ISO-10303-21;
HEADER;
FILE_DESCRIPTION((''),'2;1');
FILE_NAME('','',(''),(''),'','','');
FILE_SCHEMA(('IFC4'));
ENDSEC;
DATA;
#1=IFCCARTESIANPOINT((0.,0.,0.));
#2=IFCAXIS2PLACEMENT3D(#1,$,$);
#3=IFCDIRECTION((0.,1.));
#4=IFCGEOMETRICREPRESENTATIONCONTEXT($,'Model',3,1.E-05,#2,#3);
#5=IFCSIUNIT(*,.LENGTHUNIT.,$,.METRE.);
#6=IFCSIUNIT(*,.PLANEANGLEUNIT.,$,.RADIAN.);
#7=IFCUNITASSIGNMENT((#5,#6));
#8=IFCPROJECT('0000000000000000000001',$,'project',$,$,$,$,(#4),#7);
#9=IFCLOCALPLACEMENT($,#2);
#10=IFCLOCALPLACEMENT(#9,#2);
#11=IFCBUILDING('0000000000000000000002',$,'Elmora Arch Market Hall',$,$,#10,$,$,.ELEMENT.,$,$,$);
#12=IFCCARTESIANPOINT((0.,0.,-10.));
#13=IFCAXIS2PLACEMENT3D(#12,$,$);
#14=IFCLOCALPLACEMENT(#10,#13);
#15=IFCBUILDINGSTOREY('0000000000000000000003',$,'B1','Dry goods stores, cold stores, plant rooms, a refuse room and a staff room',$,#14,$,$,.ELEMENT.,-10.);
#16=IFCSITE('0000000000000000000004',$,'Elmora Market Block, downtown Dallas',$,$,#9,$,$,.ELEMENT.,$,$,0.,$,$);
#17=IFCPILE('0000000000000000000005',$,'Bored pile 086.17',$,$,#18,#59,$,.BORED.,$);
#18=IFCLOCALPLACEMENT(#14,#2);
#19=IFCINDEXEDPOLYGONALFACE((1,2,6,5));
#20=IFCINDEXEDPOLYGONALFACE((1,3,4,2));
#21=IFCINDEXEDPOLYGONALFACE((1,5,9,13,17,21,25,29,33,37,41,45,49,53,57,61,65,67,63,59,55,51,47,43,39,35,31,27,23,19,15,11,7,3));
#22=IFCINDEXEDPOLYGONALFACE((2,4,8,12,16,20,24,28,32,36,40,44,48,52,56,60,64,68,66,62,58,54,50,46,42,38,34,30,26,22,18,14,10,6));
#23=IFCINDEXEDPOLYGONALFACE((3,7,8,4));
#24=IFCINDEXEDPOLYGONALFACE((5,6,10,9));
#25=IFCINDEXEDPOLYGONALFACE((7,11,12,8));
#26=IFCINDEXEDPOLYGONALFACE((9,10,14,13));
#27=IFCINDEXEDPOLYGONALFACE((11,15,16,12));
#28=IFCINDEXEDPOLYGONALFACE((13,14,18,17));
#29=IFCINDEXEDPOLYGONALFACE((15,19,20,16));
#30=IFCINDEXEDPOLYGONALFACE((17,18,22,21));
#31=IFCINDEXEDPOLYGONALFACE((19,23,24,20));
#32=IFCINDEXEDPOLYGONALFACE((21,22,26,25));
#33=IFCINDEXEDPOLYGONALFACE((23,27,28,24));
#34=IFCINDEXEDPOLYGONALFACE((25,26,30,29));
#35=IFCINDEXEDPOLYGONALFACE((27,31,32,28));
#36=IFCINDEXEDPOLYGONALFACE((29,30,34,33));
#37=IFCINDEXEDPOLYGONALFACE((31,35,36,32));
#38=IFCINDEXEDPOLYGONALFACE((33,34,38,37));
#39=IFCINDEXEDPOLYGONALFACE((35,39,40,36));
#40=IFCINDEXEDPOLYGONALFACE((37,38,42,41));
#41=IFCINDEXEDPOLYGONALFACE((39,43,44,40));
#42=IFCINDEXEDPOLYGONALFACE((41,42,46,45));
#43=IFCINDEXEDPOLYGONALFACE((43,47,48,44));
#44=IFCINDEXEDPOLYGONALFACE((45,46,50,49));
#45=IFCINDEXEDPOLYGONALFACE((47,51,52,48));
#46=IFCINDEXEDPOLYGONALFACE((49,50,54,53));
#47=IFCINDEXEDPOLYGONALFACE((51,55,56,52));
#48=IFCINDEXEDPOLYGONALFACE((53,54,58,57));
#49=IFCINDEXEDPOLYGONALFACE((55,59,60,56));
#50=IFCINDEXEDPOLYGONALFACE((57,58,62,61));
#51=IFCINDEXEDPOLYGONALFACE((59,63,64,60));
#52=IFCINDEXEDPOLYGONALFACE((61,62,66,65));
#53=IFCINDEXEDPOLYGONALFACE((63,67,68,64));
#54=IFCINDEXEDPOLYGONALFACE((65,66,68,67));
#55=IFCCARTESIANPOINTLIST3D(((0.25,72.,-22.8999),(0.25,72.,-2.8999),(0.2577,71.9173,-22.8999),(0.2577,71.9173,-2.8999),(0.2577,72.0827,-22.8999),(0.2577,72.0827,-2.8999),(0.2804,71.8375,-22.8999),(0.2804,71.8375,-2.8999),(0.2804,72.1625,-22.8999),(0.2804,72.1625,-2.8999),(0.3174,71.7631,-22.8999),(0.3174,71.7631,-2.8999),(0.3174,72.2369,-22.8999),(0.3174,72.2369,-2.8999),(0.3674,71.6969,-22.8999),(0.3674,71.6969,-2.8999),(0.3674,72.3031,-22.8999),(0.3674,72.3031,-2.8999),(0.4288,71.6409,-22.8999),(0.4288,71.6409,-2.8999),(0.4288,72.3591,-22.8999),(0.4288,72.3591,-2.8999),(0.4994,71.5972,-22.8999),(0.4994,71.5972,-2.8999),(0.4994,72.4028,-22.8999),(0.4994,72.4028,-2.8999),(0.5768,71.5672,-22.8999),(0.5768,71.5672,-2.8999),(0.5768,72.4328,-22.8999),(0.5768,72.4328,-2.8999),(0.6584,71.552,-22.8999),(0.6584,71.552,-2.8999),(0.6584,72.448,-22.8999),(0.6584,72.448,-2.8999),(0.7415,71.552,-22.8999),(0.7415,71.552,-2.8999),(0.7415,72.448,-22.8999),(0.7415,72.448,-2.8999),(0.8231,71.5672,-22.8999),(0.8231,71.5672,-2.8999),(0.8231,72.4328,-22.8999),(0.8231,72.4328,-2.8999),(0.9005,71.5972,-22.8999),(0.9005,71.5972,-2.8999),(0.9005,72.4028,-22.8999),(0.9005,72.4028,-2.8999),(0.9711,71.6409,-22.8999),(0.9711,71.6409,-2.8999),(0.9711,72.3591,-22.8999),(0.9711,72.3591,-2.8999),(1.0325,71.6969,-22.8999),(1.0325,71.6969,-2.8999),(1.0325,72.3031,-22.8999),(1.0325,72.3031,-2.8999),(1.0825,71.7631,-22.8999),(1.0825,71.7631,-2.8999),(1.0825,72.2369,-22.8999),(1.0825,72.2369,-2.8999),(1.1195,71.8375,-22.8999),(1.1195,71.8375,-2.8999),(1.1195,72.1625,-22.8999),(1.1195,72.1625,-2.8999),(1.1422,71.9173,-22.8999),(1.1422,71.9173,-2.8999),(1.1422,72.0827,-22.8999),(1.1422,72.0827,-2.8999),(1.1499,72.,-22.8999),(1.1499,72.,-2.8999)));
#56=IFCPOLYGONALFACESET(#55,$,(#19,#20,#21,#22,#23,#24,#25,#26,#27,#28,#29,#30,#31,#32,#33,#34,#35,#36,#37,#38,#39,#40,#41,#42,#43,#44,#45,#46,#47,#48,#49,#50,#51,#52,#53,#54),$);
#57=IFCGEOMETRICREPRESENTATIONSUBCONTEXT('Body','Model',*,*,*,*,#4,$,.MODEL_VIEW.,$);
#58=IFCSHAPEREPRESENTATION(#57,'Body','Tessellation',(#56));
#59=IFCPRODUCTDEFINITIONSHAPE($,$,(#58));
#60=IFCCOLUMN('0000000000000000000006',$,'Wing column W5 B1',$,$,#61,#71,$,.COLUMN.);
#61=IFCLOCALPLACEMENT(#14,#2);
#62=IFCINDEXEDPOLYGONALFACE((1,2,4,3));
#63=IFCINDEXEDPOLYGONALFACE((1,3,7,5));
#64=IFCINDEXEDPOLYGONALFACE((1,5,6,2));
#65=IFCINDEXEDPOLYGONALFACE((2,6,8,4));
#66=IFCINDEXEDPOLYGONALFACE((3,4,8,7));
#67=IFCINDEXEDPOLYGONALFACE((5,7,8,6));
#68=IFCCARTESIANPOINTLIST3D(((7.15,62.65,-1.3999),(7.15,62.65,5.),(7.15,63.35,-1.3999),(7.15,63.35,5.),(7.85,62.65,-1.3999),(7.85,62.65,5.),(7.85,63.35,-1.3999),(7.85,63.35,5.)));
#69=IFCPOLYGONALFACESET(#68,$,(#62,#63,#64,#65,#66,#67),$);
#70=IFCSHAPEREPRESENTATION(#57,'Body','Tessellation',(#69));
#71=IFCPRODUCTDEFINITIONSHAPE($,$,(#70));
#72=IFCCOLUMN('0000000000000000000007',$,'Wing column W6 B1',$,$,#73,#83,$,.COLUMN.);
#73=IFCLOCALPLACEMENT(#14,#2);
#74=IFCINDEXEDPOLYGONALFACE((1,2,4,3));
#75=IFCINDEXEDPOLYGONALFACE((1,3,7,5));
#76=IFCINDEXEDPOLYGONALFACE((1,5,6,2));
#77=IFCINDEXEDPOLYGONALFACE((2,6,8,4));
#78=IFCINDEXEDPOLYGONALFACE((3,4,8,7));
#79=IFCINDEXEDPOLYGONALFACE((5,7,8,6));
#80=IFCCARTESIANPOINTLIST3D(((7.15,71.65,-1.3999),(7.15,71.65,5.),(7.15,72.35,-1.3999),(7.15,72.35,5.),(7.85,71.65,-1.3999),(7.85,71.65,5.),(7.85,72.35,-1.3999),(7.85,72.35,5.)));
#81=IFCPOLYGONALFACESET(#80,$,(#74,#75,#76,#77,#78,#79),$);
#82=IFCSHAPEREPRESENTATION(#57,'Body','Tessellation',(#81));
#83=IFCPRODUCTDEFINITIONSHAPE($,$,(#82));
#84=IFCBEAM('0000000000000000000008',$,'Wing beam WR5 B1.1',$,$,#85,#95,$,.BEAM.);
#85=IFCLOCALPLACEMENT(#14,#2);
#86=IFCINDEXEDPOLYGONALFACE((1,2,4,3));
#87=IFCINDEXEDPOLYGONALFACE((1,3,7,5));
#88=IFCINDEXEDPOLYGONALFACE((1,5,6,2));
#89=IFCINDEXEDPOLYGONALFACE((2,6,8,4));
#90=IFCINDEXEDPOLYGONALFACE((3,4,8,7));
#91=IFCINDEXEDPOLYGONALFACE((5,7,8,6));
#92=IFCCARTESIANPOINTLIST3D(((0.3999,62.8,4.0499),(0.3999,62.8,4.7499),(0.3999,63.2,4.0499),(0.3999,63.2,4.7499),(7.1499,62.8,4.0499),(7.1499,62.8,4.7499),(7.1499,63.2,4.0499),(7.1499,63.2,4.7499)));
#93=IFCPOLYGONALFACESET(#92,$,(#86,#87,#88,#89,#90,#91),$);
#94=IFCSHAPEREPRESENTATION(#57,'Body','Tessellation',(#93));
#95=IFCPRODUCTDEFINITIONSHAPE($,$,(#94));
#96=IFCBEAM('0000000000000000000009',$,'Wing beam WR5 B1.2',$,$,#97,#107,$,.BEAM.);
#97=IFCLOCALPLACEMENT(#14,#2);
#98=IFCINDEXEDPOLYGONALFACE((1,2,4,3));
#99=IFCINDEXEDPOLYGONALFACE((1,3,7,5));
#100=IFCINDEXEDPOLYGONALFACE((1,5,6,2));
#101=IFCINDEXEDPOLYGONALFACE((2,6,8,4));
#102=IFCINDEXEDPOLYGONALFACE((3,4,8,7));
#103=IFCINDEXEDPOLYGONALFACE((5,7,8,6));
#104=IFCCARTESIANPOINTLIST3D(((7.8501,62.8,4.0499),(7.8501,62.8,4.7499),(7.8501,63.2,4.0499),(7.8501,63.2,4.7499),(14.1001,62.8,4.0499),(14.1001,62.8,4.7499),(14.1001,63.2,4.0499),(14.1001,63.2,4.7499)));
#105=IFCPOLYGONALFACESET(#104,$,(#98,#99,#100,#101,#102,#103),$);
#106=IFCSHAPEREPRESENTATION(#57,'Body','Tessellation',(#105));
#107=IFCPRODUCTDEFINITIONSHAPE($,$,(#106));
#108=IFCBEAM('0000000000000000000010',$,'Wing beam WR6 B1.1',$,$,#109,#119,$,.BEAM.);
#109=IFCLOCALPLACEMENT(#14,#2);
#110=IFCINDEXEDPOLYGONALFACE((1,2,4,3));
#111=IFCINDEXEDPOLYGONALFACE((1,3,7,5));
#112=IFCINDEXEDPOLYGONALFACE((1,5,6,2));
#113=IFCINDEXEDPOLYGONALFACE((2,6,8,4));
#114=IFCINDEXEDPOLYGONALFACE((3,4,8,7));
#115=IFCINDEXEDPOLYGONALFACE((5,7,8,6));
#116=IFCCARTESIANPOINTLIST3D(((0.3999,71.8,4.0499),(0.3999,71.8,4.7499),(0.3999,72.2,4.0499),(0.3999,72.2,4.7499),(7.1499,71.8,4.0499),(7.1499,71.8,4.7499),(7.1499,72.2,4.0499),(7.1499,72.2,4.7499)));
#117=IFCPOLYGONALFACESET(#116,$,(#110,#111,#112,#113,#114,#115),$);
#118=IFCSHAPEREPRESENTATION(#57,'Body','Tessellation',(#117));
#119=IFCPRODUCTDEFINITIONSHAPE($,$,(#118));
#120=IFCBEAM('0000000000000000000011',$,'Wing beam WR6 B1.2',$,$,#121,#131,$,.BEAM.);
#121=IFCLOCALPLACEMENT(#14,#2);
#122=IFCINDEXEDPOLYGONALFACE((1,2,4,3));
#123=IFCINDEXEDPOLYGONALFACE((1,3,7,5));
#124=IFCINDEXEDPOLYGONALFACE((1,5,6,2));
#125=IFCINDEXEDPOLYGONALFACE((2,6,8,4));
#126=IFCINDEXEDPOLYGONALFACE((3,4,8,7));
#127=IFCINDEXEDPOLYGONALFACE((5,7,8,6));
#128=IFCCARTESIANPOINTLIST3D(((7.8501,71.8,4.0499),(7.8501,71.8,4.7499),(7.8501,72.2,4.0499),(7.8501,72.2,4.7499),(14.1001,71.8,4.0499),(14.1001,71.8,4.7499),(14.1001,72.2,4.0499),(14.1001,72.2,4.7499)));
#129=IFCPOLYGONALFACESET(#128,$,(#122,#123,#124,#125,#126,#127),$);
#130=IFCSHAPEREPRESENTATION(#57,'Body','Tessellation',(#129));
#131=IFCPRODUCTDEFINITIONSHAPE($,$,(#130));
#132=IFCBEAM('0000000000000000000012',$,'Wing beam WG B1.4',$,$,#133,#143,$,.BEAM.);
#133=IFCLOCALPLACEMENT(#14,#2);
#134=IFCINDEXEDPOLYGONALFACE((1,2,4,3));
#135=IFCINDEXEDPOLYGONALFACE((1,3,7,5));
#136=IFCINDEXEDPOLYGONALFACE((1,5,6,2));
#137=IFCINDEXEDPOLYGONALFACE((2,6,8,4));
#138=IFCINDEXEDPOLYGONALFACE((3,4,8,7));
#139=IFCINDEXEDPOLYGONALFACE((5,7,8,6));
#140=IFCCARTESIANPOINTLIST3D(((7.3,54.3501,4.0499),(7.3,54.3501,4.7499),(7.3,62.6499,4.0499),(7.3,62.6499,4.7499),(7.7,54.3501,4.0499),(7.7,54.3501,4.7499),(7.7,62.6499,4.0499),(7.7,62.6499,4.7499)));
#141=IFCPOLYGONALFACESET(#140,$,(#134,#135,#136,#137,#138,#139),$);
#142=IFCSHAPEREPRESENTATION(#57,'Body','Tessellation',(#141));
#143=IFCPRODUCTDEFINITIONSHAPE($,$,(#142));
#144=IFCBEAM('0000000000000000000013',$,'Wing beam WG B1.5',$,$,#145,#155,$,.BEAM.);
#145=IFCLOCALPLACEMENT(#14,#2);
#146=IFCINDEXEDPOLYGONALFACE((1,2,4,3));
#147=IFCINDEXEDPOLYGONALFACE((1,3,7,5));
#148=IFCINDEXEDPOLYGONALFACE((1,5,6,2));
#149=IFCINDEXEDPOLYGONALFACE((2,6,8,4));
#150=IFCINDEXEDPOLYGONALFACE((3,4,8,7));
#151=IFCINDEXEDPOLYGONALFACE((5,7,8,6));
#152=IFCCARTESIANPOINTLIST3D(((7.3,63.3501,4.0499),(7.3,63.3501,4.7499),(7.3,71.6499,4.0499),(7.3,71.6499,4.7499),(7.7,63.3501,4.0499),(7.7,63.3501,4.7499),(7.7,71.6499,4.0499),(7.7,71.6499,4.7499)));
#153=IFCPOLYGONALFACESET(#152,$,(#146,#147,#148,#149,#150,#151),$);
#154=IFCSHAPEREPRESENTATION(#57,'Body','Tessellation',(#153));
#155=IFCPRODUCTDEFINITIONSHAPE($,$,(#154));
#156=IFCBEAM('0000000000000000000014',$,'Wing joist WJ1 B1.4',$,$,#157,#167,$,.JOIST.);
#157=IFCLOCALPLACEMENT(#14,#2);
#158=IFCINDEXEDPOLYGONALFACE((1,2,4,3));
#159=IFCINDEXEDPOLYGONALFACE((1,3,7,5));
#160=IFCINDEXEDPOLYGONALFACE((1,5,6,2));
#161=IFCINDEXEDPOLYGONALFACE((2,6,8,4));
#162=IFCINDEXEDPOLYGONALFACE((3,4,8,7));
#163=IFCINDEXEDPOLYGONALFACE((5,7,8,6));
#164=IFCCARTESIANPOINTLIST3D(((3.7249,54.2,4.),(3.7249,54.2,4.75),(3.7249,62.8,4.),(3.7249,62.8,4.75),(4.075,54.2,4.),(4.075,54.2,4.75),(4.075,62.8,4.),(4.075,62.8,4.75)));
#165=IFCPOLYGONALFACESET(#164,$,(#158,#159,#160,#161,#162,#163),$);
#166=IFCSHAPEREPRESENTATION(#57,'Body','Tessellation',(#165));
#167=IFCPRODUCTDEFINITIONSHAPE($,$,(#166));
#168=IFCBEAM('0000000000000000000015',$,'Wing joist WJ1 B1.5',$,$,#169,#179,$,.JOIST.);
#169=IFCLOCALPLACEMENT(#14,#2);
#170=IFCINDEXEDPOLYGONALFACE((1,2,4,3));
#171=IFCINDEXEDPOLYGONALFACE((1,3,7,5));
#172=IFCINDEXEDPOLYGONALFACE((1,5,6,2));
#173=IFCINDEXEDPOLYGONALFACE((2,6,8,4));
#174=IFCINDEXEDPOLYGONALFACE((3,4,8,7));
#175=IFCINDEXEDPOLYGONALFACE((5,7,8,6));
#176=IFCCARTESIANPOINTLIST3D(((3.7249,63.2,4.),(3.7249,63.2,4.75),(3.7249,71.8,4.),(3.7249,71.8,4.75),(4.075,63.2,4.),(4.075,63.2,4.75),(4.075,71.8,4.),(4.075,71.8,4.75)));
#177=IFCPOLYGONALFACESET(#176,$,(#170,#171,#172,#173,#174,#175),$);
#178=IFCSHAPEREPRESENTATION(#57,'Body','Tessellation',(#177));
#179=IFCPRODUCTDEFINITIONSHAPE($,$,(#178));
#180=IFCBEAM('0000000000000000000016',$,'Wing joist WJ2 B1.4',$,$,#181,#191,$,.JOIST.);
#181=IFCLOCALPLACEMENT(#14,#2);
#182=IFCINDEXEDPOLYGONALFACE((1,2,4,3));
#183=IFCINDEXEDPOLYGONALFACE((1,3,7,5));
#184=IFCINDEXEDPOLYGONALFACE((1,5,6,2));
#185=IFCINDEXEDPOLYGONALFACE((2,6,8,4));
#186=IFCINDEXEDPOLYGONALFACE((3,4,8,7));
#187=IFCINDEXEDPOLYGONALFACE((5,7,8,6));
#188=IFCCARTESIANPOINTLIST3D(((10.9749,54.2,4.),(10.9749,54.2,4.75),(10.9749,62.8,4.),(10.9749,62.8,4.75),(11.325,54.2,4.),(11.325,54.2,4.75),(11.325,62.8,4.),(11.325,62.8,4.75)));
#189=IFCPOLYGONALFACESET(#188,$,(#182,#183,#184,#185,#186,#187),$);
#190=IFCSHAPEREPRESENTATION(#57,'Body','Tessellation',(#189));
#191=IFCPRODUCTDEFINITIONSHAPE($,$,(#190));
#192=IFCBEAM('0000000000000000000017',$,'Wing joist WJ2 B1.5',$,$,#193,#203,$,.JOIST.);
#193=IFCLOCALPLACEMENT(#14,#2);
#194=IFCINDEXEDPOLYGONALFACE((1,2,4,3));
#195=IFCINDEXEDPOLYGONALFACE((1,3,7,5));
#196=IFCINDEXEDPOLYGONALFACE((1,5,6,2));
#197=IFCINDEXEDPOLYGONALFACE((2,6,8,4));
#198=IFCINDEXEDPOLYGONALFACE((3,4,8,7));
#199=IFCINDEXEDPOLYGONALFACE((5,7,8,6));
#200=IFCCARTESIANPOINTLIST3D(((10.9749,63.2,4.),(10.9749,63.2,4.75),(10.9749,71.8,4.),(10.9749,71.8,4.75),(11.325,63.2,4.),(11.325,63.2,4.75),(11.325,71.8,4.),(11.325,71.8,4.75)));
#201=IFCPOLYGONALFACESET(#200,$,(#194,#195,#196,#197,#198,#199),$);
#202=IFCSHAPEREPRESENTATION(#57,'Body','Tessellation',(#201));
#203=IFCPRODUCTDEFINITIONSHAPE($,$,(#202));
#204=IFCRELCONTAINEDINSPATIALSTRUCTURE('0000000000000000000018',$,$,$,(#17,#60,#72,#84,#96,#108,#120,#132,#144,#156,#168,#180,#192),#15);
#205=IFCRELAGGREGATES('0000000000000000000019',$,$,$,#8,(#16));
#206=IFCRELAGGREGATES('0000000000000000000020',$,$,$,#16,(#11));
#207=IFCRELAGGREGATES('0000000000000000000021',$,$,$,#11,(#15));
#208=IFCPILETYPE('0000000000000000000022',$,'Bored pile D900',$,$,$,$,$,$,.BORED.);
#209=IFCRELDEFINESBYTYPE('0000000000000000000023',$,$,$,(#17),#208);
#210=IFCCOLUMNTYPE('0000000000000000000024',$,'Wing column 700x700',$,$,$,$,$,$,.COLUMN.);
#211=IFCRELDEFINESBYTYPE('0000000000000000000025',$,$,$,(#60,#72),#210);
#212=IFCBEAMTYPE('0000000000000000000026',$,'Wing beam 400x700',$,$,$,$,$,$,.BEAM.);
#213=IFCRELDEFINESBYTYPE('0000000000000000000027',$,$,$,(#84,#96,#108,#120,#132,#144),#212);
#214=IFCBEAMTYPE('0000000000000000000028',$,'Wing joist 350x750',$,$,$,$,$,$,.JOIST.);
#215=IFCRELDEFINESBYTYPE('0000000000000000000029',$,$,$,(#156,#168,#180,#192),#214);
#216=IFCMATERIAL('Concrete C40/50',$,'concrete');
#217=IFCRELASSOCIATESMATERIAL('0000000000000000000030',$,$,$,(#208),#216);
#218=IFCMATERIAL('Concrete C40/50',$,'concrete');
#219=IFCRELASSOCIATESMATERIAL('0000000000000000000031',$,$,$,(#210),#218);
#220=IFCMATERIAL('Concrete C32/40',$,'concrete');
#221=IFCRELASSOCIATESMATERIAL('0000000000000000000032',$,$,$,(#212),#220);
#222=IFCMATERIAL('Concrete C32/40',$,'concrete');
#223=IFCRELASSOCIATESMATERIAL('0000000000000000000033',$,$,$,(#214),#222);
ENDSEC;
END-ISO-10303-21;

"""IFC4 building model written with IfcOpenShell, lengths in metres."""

from ifc_helpers import new_model, si_unit, direction, frame, origin, origin_2d, place, context, subcontext, project, spatial, rectangle, circle, extrude, material, material_profile, profile_set, type_object, element, save


model = new_model("IFC4")

# Units and contexts
model_context = context("Model", 3, precision=1e-05, world=origin(), true_north=direction((0.0, 1.0)))
body_context = subcontext(model_context, "Body", "Model", "MODEL_VIEW")
ifc_project = project(units=[si_unit("LENGTHUNIT", "METRE"), si_unit("PLANEANGLEUNIT", "RADIAN")], contexts=[model_context])

# Site, building, storey
site_placement = place(None, origin())
site = spatial("IfcSite", under=ifc_project, at=site_placement, Name="Elmora Market Block, downtown Dallas", CompositionType="ELEMENT", RefElevation=0.0)
building_placement = place(site_placement, origin())
building = spatial("IfcBuilding", under=site, at=building_placement, Name="Elmora Arch Market Hall", CompositionType="ELEMENT")
storey_placement = place(building_placement, frame((0.0, 0.0, -10.0)))
storey = spatial("IfcBuildingStorey", under=building, at=storey_placement, Name="B1", Description="Dry goods stores, cold stores, plant rooms, a refuse room and a staff room", CompositionType="ELEMENT", Elevation=-10.0)

# Pile
ifc_material_1 = material(Name="Concrete C40/50", Category="concrete")
ifc_material_profile_1 = material_profile(ifc_material_1, circle(Radius=0.45, at=origin_2d()), Name="Bored pile D900")
ifc_profile_set_1 = profile_set([ifc_material_profile_1], Name="Concrete C40/50")
pile_type = type_object("IfcPileType", Name="Bored pile D900", PredefinedType="BORED", material=ifc_profile_set_1)
for number, where, z_axis, x_axis, name in (
    (1, (0.7, 72.0, -2.8999), (0.0, 0.0, -1.0), (1.0, 0.0, 0.0), "Bored pile 086.17"),
):
    element("IfcPile", number, at=place(storey_placement, frame(where, z_axis=z_axis, x_axis=x_axis)), inside=storey, type_object=pile_type, Name=name, PredefinedType="BORED", context=body_context, shape_type="SweptSolid", body=[
        extrude(circle(Radius=0.45, at=origin_2d()), origin(), (0.0, 0.0, 1.0), 20.0),
    ])

# Columns
ifc_material_2 = material(Name="Concrete C40/50", Category="concrete")
ifc_material_profile_2 = material_profile(ifc_material_2, rectangle(XDim=0.7, YDim=0.7, at=origin_2d()), Name="Wing column 700x700")
ifc_profile_set_2 = profile_set([ifc_material_profile_2], Name="Concrete C40/50")
column_type = type_object("IfcColumnType", Name="Wing column 700x700", PredefinedType="COLUMN", material=ifc_profile_set_2)
for number, where, z_axis, x_axis, name in (
    (2, (7.5, 63.0, -1.3999), (0.0, 0.0, 1.0), (1.0, 0.0, 0.0), "Wing column W5 B1"),
    (3, (7.5, 72.0, -1.3999), (0.0, 0.0, 1.0), (1.0, 0.0, 0.0), "Wing column W6 B1"),
):
    element("IfcColumn", number, at=place(storey_placement, frame(where, z_axis=z_axis, x_axis=x_axis)), inside=storey, type_object=column_type, Name=name, PredefinedType="COLUMN", context=body_context, shape_type="SweptSolid", body=[
        extrude(rectangle(XDim=0.7, YDim=0.7, at=origin_2d()), origin(), (0.0, 0.0, 1.0), 6.3999),
    ])

# Beams
ifc_material_3 = material(Name="Concrete C32/40", Category="concrete")
ifc_material_profile_3 = material_profile(ifc_material_3, rectangle(XDim=0.3999, YDim=0.7, at=origin_2d()), Name="Wing beam 400x700")
ifc_profile_set_3 = profile_set([ifc_material_profile_3], Name="Concrete C32/40")
beam_type_1 = type_object("IfcBeamType", Name="Wing beam 400x700", PredefinedType="BEAM", material=ifc_profile_set_3)
beam_1_placement = place(storey_placement, frame((0.3999, 63.0, 4.3999), z_axis=(1.0, 0.0, 0.0), x_axis=(0.0, 1.0, 0.0)))
element("IfcBeam", 4, at=beam_1_placement, inside=storey, type_object=beam_type_1, Name="Wing beam WR5 B1.1", PredefinedType="BEAM", context=body_context, shape_type="SweptSolid", body=[
    extrude(rectangle(XDim=0.3999, YDim=0.7, at=origin_2d()), origin(), (0.0, 0.0, 1.0), 6.75),
])
beam_2_placement = place(storey_placement, frame((7.8501, 63.0, 4.3999), z_axis=(1.0, 0.0, 0.0), x_axis=(0.0, 1.0, 0.0)))
element("IfcBeam", 5, at=beam_2_placement, inside=storey, type_object=beam_type_1, Name="Wing beam WR5 B1.2", PredefinedType="BEAM", context=body_context, shape_type="SweptSolid", body=[
    extrude(rectangle(XDim=0.3999, YDim=0.7, at=origin_2d()), origin(), (0.0, 0.0, 1.0), 6.25),
])
beam_3_placement = place(storey_placement, frame((0.3999, 72.0, 4.3999), z_axis=(1.0, 0.0, 0.0), x_axis=(0.0, 1.0, 0.0)))
element("IfcBeam", 6, at=beam_3_placement, inside=storey, type_object=beam_type_1, Name="Wing beam WR6 B1.1", PredefinedType="BEAM", context=body_context, shape_type="SweptSolid", body=[
    extrude(rectangle(XDim=0.3999, YDim=0.7, at=origin_2d()), origin(), (0.0, 0.0, 1.0), 6.75),
])
beam_4_placement = place(storey_placement, frame((7.8501, 72.0, 4.3999), z_axis=(1.0, 0.0, 0.0), x_axis=(0.0, 1.0, 0.0)))
element("IfcBeam", 7, at=beam_4_placement, inside=storey, type_object=beam_type_1, Name="Wing beam WR6 B1.2", PredefinedType="BEAM", context=body_context, shape_type="SweptSolid", body=[
    extrude(rectangle(XDim=0.3999, YDim=0.7, at=origin_2d()), origin(), (0.0, 0.0, 1.0), 6.25),
])
for number, where, z_axis, x_axis, name in (
    (8, (7.5, 54.3501, 4.3999), (0.0, 1.0, 0.0), (-1.0, 0.0, 0.0), "Wing beam WG B1.4"),
    (9, (7.5, 63.3501, 4.3999), (0.0, 1.0, 0.0), (-1.0, 0.0, 0.0), "Wing beam WG B1.5"),
):
    element("IfcBeam", number, at=place(storey_placement, frame(where, z_axis=z_axis, x_axis=x_axis)), inside=storey, type_object=beam_type_1, Name=name, PredefinedType="BEAM", context=body_context, shape_type="SweptSolid", body=[
        extrude(rectangle(XDim=0.3999, YDim=0.7, at=origin_2d()), origin(), (0.0, 0.0, 1.0), 8.2998),
    ])
ifc_material_4 = material(Name="Concrete C32/40", Category="concrete")
ifc_material_profile_4 = material_profile(ifc_material_4, rectangle(XDim=0.3501, YDim=0.75, at=origin_2d()), Name="Wing joist 350x750")
ifc_profile_set_4 = profile_set([ifc_material_profile_4], Name="Concrete C32/40")
beam_type_2 = type_object("IfcBeamType", Name="Wing joist 350x750", PredefinedType="JOIST", material=ifc_profile_set_4)
for number, where, z_axis, x_axis, name in (
    (10, (3.8999, 54.2, 4.375), (0.0, 1.0, 0.0), (-1.0, 0.0, 0.0), "Wing joist WJ1 B1.4"),
    (11, (3.8999, 63.2, 4.375), (0.0, 1.0, 0.0), (-1.0, 0.0, 0.0), "Wing joist WJ1 B1.5"),
    (12, (11.1499, 54.2, 4.375), (0.0, 1.0, 0.0), (-1.0, 0.0, 0.0), "Wing joist WJ2 B1.4"),
    (13, (11.1499, 63.2, 4.375), (0.0, 1.0, 0.0), (-1.0, 0.0, 0.0), "Wing joist WJ2 B1.5"),
):
    element("IfcBeam", number, at=place(storey_placement, frame(where, z_axis=z_axis, x_axis=x_axis)), inside=storey, type_object=beam_type_2, Name=name, PredefinedType="JOIST", context=body_context, shape_type="SweptSolid", body=[
        extrude(rectangle(XDim=0.3501, YDim=0.75, at=origin_2d()), origin(), (0.0, 0.0, 1.0), 8.6001),
    ])

save(model, "model.ifc")
